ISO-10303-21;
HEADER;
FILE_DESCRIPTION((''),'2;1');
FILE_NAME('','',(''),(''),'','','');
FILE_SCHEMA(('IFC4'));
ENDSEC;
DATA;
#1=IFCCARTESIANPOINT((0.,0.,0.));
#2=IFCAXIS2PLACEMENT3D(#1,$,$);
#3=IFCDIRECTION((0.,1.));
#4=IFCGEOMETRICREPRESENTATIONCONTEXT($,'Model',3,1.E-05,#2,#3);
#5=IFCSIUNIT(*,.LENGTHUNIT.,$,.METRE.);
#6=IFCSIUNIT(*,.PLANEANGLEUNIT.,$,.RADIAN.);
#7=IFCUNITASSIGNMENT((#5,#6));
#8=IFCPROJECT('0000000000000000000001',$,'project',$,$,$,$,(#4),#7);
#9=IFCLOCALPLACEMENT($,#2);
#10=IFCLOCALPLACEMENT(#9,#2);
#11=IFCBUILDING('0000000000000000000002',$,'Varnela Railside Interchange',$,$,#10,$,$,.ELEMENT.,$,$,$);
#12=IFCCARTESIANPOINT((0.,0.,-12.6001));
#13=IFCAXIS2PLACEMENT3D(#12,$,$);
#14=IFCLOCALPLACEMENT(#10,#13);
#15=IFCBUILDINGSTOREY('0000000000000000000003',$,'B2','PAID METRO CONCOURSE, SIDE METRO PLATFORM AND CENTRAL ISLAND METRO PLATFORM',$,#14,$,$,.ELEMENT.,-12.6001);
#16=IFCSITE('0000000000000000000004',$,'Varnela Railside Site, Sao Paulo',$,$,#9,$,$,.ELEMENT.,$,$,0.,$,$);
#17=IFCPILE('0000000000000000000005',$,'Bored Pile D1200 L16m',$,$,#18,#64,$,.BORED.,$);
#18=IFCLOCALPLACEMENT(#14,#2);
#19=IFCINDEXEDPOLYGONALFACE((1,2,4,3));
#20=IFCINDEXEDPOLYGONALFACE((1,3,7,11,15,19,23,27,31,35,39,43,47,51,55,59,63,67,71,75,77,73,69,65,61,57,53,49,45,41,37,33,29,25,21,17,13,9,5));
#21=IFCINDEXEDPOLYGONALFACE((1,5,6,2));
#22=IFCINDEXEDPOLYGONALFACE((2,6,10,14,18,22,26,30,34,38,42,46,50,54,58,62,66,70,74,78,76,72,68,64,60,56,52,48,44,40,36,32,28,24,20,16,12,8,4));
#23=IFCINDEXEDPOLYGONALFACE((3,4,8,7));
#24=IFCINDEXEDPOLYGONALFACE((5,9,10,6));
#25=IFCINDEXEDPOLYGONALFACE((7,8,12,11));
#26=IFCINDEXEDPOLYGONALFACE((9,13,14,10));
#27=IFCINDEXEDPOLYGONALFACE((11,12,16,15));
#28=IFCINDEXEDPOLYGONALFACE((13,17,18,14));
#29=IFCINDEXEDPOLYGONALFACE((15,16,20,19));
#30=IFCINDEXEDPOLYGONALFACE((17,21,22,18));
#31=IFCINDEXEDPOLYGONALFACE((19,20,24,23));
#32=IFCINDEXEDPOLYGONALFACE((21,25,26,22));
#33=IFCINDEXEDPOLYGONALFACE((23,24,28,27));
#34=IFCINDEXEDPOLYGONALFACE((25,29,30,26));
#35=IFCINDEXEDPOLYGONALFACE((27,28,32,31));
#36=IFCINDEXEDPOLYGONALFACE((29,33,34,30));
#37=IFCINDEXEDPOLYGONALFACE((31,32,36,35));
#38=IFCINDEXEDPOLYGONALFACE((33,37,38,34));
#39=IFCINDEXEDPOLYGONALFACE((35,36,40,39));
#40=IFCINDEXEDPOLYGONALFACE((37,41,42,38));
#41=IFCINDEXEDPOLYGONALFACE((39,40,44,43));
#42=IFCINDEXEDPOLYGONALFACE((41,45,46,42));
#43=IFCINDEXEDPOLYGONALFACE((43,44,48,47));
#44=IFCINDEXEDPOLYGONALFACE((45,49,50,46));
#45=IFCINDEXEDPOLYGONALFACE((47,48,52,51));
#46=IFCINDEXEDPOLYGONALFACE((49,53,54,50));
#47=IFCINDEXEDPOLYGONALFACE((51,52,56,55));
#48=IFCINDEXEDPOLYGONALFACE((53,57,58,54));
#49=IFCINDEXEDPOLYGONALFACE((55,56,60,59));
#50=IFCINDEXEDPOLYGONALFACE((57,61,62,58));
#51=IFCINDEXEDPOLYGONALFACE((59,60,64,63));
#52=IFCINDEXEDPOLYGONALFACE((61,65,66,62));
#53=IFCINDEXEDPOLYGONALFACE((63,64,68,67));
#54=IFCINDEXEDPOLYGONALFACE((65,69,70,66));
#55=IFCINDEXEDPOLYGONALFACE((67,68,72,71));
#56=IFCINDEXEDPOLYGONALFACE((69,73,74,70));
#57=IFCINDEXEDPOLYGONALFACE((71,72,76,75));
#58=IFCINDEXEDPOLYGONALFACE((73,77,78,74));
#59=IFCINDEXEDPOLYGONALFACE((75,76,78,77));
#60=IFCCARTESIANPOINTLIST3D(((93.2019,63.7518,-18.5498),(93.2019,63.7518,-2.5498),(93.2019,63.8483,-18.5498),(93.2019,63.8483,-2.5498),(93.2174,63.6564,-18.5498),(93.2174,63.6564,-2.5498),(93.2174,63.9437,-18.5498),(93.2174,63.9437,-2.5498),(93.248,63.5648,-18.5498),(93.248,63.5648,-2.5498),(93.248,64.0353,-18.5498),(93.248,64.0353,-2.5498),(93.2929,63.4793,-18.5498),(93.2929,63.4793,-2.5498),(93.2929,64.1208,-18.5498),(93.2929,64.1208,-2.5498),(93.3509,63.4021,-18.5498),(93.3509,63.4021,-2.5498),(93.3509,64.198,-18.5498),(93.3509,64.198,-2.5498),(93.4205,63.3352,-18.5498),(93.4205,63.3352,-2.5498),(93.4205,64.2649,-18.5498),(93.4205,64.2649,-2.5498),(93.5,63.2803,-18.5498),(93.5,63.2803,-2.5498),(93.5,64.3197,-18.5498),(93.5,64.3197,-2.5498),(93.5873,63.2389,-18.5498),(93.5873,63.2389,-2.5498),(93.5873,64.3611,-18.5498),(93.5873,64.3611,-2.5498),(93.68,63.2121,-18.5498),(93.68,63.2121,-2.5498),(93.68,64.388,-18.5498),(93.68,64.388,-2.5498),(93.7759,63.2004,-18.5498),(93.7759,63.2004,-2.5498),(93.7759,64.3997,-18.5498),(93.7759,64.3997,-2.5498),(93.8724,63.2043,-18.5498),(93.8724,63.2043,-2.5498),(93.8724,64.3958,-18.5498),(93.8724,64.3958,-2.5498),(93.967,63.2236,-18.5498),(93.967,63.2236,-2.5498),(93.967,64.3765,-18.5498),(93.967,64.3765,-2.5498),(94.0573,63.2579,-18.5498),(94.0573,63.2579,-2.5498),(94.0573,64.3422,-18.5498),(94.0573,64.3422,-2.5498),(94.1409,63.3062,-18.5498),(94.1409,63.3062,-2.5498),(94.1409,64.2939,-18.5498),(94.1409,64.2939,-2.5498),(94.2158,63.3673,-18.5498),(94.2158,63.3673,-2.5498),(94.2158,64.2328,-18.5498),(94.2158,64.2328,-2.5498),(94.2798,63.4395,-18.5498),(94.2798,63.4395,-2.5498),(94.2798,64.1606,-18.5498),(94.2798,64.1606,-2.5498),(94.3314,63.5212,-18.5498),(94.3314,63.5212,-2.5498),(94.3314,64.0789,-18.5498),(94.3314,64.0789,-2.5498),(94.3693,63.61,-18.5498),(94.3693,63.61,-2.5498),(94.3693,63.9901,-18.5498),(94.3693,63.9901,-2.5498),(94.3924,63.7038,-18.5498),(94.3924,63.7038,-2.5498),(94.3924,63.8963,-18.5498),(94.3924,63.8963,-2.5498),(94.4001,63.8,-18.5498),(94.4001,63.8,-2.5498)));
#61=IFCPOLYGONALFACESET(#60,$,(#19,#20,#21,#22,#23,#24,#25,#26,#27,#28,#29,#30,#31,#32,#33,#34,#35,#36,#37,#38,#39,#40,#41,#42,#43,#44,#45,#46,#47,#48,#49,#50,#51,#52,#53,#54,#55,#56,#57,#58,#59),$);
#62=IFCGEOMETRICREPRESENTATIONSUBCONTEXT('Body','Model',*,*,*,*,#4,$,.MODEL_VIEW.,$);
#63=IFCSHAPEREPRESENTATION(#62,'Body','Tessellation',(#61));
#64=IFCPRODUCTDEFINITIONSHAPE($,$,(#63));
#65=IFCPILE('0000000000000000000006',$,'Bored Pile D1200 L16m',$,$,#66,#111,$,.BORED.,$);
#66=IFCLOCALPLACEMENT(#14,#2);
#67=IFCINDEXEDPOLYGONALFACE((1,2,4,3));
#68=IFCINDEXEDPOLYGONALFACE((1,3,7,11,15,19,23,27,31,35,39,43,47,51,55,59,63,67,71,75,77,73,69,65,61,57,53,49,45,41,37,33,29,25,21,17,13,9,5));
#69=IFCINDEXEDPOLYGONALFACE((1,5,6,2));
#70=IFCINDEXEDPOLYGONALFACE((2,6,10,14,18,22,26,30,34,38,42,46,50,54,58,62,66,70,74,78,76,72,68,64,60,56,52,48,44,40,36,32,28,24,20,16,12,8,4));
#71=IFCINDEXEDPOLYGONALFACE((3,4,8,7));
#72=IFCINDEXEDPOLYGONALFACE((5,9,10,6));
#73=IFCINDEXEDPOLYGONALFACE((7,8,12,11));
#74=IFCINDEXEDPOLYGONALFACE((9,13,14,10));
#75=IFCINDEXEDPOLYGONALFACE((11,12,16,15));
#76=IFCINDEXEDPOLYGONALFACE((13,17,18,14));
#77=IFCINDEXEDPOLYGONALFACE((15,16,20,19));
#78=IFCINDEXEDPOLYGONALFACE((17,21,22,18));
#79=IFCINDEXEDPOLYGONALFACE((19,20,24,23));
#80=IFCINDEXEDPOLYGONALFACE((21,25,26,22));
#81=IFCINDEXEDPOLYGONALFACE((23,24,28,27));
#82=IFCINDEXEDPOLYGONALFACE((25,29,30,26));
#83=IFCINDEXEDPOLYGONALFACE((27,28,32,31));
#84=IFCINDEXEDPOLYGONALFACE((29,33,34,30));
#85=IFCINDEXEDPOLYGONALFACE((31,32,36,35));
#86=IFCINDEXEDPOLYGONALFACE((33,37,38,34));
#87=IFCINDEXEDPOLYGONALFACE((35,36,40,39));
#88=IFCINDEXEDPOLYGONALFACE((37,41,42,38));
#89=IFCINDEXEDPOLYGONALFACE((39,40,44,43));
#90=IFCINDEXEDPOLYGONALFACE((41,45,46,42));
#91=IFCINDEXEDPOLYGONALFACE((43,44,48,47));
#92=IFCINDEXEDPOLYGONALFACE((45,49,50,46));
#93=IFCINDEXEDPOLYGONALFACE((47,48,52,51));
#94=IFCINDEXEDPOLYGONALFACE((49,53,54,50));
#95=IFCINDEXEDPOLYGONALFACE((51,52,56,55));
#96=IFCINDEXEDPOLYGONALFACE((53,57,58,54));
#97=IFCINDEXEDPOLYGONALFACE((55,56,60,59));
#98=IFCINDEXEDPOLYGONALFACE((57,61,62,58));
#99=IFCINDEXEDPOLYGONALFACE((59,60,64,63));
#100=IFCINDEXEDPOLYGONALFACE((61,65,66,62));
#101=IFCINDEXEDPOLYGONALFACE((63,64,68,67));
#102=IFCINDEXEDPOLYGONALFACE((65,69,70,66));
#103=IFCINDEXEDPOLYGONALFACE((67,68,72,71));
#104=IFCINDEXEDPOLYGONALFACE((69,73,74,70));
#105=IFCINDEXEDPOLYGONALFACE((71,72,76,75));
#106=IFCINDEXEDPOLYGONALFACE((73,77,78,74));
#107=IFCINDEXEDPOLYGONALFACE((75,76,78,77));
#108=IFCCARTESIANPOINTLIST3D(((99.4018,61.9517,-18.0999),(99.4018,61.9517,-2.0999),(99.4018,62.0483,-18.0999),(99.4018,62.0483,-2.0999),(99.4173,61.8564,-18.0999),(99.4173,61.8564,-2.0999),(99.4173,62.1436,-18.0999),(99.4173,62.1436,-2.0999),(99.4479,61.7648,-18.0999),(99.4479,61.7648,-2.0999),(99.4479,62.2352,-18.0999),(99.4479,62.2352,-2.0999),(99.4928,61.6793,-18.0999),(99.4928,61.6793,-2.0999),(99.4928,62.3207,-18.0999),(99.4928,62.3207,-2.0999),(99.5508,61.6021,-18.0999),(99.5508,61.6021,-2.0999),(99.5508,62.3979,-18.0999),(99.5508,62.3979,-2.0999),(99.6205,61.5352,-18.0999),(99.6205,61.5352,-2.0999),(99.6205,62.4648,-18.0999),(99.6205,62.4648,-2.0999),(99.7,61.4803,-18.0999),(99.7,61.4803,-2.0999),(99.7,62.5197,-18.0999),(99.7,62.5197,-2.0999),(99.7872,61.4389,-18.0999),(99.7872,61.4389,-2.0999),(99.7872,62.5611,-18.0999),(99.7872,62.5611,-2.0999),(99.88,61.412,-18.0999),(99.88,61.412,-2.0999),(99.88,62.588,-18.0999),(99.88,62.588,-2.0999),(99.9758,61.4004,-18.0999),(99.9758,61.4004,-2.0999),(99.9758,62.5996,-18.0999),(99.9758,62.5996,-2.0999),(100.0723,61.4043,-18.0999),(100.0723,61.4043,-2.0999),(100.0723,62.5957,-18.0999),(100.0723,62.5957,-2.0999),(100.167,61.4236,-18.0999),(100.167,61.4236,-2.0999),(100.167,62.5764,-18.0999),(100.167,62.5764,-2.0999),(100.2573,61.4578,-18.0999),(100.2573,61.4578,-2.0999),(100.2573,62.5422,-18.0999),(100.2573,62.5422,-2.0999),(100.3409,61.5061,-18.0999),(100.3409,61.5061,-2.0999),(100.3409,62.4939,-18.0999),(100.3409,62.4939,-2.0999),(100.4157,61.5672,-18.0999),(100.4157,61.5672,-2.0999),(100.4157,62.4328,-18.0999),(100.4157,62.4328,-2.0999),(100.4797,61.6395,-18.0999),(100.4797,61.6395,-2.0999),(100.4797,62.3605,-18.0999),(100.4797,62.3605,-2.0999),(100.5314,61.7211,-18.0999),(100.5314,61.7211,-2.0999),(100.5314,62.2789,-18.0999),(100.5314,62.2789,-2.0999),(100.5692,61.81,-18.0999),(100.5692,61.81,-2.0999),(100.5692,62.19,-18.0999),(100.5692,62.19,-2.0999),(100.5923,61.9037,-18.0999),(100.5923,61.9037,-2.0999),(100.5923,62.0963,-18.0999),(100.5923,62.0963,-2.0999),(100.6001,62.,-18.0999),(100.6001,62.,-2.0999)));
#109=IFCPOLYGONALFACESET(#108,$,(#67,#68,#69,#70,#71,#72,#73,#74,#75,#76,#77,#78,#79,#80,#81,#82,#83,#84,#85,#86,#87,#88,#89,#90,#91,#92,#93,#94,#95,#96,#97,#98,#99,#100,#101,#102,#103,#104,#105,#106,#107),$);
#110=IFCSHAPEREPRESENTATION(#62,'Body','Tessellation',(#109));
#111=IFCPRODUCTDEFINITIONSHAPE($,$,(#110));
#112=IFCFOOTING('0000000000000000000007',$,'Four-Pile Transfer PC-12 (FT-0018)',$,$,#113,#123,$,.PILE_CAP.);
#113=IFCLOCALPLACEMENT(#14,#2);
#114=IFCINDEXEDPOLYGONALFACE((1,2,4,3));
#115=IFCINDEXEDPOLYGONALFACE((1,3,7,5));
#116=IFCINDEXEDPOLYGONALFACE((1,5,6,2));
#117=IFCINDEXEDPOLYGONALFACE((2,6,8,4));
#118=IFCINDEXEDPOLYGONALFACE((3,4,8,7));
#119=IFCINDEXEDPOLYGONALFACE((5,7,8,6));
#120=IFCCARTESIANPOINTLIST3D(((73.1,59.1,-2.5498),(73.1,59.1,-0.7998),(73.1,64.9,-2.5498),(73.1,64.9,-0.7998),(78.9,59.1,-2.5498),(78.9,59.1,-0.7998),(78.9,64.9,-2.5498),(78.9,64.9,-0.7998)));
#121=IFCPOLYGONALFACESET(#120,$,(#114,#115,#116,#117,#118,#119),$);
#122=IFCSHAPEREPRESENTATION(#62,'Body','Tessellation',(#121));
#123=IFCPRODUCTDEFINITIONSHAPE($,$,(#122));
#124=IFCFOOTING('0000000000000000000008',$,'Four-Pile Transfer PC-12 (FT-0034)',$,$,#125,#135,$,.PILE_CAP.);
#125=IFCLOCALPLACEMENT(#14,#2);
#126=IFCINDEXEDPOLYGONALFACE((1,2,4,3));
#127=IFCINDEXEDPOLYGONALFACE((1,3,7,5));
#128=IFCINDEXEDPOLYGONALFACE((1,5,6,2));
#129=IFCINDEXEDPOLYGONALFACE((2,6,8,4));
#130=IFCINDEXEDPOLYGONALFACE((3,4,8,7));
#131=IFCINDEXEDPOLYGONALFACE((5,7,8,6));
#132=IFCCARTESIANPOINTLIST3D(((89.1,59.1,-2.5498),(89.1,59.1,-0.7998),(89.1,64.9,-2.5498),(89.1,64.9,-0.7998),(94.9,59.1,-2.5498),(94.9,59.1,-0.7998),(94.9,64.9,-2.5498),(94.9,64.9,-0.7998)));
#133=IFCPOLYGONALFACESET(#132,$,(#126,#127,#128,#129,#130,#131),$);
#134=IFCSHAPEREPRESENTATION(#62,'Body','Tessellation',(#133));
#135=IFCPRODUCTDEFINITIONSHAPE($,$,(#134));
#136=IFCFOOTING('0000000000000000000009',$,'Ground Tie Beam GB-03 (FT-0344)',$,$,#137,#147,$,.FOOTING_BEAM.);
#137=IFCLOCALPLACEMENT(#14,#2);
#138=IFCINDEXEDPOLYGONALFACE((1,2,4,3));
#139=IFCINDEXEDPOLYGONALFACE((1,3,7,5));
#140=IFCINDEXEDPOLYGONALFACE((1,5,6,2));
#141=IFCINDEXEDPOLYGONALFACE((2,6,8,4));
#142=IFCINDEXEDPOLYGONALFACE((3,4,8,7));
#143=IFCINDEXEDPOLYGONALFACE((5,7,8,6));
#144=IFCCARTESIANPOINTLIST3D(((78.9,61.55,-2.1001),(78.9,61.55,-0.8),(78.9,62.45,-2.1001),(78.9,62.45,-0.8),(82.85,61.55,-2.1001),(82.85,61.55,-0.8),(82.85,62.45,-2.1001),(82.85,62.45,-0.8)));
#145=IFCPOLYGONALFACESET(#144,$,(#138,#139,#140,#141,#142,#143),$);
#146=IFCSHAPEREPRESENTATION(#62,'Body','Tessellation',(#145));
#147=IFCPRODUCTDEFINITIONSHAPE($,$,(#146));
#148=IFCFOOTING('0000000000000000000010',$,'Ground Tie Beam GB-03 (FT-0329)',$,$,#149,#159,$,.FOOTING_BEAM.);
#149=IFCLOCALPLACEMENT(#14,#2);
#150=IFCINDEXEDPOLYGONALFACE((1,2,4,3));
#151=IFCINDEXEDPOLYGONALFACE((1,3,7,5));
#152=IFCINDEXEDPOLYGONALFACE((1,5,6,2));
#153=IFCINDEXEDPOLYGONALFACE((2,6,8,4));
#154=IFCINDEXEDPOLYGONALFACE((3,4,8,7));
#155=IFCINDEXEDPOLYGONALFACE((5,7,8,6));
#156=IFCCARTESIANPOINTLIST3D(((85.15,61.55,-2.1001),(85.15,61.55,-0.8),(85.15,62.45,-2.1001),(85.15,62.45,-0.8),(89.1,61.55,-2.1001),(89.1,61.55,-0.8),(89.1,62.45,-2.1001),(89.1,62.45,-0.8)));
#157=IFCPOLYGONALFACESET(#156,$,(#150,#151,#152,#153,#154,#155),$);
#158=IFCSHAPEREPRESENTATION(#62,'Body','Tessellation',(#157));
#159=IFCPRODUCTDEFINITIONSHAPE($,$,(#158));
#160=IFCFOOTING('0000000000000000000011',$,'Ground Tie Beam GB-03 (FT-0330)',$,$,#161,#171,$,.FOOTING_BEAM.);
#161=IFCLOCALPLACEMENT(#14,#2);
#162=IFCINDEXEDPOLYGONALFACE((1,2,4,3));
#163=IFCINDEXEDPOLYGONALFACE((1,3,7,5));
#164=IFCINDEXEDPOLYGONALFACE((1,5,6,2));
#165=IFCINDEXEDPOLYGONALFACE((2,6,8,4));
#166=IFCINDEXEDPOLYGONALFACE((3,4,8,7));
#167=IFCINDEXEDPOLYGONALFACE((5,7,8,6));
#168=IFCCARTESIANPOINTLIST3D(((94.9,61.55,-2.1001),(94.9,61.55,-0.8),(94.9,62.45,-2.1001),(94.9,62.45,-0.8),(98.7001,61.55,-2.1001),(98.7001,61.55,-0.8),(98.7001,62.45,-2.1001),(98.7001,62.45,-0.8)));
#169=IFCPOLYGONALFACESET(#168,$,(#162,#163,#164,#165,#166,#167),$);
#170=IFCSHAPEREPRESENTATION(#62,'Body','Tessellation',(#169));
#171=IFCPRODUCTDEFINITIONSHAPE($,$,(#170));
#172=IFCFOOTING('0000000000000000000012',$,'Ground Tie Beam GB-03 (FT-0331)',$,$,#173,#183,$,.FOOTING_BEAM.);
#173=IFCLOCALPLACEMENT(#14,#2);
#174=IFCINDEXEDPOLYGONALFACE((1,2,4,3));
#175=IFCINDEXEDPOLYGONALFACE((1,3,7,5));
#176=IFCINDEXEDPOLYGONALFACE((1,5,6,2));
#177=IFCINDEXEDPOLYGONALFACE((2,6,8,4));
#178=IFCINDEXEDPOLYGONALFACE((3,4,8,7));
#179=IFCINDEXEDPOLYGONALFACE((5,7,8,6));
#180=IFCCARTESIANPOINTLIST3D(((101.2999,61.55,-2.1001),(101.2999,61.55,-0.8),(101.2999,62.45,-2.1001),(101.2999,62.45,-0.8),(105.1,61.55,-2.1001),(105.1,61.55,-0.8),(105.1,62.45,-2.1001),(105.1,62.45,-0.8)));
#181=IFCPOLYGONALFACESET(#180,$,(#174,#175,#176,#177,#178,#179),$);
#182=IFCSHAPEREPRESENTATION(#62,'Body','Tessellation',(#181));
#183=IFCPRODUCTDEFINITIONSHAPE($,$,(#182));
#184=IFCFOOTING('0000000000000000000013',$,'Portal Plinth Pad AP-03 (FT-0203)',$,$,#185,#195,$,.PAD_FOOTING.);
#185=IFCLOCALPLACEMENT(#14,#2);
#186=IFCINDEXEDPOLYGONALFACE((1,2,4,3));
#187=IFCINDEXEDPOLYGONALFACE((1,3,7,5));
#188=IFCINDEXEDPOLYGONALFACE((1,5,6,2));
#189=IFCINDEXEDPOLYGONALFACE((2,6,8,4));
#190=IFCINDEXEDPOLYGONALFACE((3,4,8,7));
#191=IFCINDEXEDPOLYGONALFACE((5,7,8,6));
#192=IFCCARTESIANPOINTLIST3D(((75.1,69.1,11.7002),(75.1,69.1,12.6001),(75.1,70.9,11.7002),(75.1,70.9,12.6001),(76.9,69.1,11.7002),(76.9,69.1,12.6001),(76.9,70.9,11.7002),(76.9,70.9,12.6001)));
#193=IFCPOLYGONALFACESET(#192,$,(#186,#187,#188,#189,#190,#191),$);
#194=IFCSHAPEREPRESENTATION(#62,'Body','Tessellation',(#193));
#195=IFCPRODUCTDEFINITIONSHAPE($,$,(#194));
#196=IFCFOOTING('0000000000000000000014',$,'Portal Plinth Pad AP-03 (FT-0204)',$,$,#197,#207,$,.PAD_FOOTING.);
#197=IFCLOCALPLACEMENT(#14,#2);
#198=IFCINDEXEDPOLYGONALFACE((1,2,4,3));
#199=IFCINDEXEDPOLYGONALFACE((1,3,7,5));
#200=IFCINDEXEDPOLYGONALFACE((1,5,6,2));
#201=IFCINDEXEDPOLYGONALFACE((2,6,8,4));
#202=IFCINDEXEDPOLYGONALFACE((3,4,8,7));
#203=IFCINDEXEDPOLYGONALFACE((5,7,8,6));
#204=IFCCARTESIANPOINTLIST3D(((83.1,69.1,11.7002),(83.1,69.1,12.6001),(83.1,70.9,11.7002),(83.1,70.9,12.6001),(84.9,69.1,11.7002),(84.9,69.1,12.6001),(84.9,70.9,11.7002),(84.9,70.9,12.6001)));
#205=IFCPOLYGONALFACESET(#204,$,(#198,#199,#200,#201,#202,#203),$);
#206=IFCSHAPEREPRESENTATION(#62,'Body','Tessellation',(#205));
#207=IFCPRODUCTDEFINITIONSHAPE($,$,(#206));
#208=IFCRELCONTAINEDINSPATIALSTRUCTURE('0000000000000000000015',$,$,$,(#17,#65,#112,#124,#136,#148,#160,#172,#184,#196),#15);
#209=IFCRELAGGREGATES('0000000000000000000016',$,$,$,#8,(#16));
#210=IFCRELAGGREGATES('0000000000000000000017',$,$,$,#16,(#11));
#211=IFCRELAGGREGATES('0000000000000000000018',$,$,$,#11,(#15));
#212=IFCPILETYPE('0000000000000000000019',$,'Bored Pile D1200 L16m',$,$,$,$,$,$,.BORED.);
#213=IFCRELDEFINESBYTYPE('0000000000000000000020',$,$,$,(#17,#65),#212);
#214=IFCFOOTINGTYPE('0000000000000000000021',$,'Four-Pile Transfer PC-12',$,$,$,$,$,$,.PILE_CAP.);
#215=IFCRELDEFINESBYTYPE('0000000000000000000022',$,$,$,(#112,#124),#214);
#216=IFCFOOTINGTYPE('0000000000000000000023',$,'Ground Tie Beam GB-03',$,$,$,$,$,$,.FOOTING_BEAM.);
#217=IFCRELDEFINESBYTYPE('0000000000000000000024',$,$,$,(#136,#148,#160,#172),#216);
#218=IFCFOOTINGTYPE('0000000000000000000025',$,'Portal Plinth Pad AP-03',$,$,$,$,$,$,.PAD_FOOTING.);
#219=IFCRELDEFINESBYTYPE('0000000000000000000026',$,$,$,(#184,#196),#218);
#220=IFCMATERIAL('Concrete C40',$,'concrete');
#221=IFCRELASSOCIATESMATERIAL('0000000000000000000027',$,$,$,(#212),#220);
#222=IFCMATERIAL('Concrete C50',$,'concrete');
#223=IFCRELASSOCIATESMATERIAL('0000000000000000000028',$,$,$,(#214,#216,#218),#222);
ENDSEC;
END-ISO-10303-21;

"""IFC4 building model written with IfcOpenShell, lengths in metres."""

from ifc_helpers import new_model, si_unit, direction, frame, origin, origin_2d, place, context, subcontext, project, spatial, rectangle, circle, extrude, material, material_profile, profile_set, type_object, element, save


model = new_model("IFC4")

# Units and contexts
model_context = context("Model", 3, precision=1e-05, world=origin(), true_north=direction((0.0, 1.0)))
body_context = subcontext(model_context, "Body", "Model", "MODEL_VIEW")
ifc_project = project(units=[si_unit("LENGTHUNIT", "METRE"), si_unit("PLANEANGLEUNIT", "RADIAN")], contexts=[model_context])

# Site, building, storey
site_placement = place(None, origin())
site = spatial("IfcSite", under=ifc_project, at=site_placement, Name="Varnela Railside Site, Sao Paulo", CompositionType="ELEMENT", RefElevation=0.0)
building_placement = place(site_placement, origin())
building = spatial("IfcBuilding", under=site, at=building_placement, Name="Varnela Railside Interchange", CompositionType="ELEMENT")
storey_placement = place(building_placement, frame((0.0, 0.0, -12.6001)))
storey = spatial("IfcBuildingStorey", under=building, at=storey_placement, Name="B2", Description="PAID METRO CONCOURSE, SIDE METRO PLATFORM AND CENTRAL ISLAND METRO PLATFORM", CompositionType="ELEMENT", Elevation=-12.6001)

# Piles
ifc_material_1 = material(Name="Concrete C40", Category="concrete")
ifc_material_profile_1 = material_profile(ifc_material_1, circle(Radius=0.6001, at=origin_2d()), Name="BORED PILE D1200")
ifc_profile_set_1 = profile_set([ifc_material_profile_1], Name="Concrete C40")
pile_type_1 = type_object("IfcPileType", Name="Bored Pile D1200 L16m", PredefinedType="BORED", material=ifc_profile_set_1)
for number, where, z_axis, x_axis, name in (
    (1, (93.8, 63.8, -2.5498), (0.0, 0.0, -1.0), (1.0, 0.0, 0.0), "Bored Pile D1200 L16m"),
    (2, (100.0, 62.0, -2.0999), (0.0, 0.0, -1.0), (1.0, 0.0, 0.0), "Bored Pile D1200 L16m"),
):
    element("IfcPile", number, at=place(storey_placement, frame(where, z_axis=z_axis, x_axis=x_axis)), inside=storey, type_object=pile_type_1, Name=name, PredefinedType="BORED", context=body_context, shape_type="SweptSolid", body=[
        extrude(circle(Radius=0.6001, at=origin_2d()), origin(), (0.0, 0.0, 1.0), 16.0),
    ])

# Footings
ifc_material_2 = material(Name="Concrete C50", Category="concrete")
footing_type_1 = type_object("IfcFootingType", Name="Four-Pile Transfer PC-12", PredefinedType="PILE_CAP", material=ifc_material_2)
for number, where, z_axis, x_axis, name in (
    (3, (76.0, 62.0, -2.5498), (0.0, 0.0, 1.0), (1.0, 0.0, 0.0), "Four-Pile Transfer PC-12 (FT-0018)"),
    (4, (92.0, 62.0, -2.5498), (0.0, 0.0, 1.0), (1.0, 0.0, 0.0), "Four-Pile Transfer PC-12 (FT-0034)"),
):
    element("IfcFooting", number, at=place(storey_placement, frame(where, z_axis=z_axis, x_axis=x_axis)), inside=storey, type_object=footing_type_1, Name=name, PredefinedType="PILE_CAP", context=body_context, shape_type="SweptSolid", body=[
        extrude(rectangle(XDim=5.8, YDim=5.8, at=origin_2d()), origin(), (0.0, 0.0, 1.0), 1.75),
    ])
footing_type_2 = type_object("IfcFootingType", Name="Ground Tie Beam GB-03", PredefinedType="FOOTING_BEAM", material=ifc_material_2)
for number, where, z_axis, x_axis, name in (
    (5, (80.875, 62.0, -2.1001), (0.0, 0.0, 1.0), (1.0, 0.0, 0.0), "Ground Tie Beam GB-03 (FT-0344)"),
    (6, (87.125, 62.0, -2.1001), (0.0, 0.0, 1.0), (1.0, 0.0, 0.0), "Ground Tie Beam GB-03 (FT-0329)"),
):
    element("IfcFooting", number, at=place(storey_placement, frame(where, z_axis=z_axis, x_axis=x_axis)), inside=storey, type_object=footing_type_2, Name=name, PredefinedType="FOOTING_BEAM", context=body_context, shape_type="SweptSolid", body=[
        extrude(rectangle(XDim=3.95, YDim=0.8999, at=origin_2d()), origin(), (0.0, 0.0, 1.0), 1.3),
    ])
for number, where, z_axis, x_axis, name in (
    (7, (96.8, 62.0, -2.1001), (0.0, 0.0, 1.0), (1.0, 0.0, 0.0), "Ground Tie Beam GB-03 (FT-0330)"),
    (8, (103.2, 62.0, -2.1001), (0.0, 0.0, 1.0), (1.0, 0.0, 0.0), "Ground Tie Beam GB-03 (FT-0331)"),
):
    element("IfcFooting", number, at=place(storey_placement, frame(where, z_axis=z_axis, x_axis=x_axis)), inside=storey, type_object=footing_type_2, Name=name, PredefinedType="FOOTING_BEAM", context=body_context, shape_type="SweptSolid", body=[
        extrude(rectangle(XDim=3.8, YDim=0.8999, at=origin_2d()), origin(), (0.0, 0.0, 1.0), 1.3),
    ])
footing_type_3 = type_object("IfcFootingType", Name="Portal Plinth Pad AP-03", PredefinedType="PAD_FOOTING", material=ifc_material_2)
for number, where, z_axis, x_axis, name in (
    (9, (76.0, 70.0, 11.7002), (0.0, 0.0, 1.0), (1.0, 0.0, 0.0), "Portal Plinth Pad AP-03 (FT-0203)"),
    (10, (84.0, 70.0, 11.7002), (0.0, 0.0, 1.0), (1.0, 0.0, 0.0), "Portal Plinth Pad AP-03 (FT-0204)"),
):
    element("IfcFooting", number, at=place(storey_placement, frame(where, z_axis=z_axis, x_axis=x_axis)), inside=storey, type_object=footing_type_3, Name=name, PredefinedType="PAD_FOOTING", context=body_context, shape_type="SweptSolid", body=[
        extrude(rectangle(XDim=1.8, YDim=1.8, at=origin_2d()), origin(), (0.0, 0.0, 1.0), 0.8999),
    ])

save(model, "model.ifc")
